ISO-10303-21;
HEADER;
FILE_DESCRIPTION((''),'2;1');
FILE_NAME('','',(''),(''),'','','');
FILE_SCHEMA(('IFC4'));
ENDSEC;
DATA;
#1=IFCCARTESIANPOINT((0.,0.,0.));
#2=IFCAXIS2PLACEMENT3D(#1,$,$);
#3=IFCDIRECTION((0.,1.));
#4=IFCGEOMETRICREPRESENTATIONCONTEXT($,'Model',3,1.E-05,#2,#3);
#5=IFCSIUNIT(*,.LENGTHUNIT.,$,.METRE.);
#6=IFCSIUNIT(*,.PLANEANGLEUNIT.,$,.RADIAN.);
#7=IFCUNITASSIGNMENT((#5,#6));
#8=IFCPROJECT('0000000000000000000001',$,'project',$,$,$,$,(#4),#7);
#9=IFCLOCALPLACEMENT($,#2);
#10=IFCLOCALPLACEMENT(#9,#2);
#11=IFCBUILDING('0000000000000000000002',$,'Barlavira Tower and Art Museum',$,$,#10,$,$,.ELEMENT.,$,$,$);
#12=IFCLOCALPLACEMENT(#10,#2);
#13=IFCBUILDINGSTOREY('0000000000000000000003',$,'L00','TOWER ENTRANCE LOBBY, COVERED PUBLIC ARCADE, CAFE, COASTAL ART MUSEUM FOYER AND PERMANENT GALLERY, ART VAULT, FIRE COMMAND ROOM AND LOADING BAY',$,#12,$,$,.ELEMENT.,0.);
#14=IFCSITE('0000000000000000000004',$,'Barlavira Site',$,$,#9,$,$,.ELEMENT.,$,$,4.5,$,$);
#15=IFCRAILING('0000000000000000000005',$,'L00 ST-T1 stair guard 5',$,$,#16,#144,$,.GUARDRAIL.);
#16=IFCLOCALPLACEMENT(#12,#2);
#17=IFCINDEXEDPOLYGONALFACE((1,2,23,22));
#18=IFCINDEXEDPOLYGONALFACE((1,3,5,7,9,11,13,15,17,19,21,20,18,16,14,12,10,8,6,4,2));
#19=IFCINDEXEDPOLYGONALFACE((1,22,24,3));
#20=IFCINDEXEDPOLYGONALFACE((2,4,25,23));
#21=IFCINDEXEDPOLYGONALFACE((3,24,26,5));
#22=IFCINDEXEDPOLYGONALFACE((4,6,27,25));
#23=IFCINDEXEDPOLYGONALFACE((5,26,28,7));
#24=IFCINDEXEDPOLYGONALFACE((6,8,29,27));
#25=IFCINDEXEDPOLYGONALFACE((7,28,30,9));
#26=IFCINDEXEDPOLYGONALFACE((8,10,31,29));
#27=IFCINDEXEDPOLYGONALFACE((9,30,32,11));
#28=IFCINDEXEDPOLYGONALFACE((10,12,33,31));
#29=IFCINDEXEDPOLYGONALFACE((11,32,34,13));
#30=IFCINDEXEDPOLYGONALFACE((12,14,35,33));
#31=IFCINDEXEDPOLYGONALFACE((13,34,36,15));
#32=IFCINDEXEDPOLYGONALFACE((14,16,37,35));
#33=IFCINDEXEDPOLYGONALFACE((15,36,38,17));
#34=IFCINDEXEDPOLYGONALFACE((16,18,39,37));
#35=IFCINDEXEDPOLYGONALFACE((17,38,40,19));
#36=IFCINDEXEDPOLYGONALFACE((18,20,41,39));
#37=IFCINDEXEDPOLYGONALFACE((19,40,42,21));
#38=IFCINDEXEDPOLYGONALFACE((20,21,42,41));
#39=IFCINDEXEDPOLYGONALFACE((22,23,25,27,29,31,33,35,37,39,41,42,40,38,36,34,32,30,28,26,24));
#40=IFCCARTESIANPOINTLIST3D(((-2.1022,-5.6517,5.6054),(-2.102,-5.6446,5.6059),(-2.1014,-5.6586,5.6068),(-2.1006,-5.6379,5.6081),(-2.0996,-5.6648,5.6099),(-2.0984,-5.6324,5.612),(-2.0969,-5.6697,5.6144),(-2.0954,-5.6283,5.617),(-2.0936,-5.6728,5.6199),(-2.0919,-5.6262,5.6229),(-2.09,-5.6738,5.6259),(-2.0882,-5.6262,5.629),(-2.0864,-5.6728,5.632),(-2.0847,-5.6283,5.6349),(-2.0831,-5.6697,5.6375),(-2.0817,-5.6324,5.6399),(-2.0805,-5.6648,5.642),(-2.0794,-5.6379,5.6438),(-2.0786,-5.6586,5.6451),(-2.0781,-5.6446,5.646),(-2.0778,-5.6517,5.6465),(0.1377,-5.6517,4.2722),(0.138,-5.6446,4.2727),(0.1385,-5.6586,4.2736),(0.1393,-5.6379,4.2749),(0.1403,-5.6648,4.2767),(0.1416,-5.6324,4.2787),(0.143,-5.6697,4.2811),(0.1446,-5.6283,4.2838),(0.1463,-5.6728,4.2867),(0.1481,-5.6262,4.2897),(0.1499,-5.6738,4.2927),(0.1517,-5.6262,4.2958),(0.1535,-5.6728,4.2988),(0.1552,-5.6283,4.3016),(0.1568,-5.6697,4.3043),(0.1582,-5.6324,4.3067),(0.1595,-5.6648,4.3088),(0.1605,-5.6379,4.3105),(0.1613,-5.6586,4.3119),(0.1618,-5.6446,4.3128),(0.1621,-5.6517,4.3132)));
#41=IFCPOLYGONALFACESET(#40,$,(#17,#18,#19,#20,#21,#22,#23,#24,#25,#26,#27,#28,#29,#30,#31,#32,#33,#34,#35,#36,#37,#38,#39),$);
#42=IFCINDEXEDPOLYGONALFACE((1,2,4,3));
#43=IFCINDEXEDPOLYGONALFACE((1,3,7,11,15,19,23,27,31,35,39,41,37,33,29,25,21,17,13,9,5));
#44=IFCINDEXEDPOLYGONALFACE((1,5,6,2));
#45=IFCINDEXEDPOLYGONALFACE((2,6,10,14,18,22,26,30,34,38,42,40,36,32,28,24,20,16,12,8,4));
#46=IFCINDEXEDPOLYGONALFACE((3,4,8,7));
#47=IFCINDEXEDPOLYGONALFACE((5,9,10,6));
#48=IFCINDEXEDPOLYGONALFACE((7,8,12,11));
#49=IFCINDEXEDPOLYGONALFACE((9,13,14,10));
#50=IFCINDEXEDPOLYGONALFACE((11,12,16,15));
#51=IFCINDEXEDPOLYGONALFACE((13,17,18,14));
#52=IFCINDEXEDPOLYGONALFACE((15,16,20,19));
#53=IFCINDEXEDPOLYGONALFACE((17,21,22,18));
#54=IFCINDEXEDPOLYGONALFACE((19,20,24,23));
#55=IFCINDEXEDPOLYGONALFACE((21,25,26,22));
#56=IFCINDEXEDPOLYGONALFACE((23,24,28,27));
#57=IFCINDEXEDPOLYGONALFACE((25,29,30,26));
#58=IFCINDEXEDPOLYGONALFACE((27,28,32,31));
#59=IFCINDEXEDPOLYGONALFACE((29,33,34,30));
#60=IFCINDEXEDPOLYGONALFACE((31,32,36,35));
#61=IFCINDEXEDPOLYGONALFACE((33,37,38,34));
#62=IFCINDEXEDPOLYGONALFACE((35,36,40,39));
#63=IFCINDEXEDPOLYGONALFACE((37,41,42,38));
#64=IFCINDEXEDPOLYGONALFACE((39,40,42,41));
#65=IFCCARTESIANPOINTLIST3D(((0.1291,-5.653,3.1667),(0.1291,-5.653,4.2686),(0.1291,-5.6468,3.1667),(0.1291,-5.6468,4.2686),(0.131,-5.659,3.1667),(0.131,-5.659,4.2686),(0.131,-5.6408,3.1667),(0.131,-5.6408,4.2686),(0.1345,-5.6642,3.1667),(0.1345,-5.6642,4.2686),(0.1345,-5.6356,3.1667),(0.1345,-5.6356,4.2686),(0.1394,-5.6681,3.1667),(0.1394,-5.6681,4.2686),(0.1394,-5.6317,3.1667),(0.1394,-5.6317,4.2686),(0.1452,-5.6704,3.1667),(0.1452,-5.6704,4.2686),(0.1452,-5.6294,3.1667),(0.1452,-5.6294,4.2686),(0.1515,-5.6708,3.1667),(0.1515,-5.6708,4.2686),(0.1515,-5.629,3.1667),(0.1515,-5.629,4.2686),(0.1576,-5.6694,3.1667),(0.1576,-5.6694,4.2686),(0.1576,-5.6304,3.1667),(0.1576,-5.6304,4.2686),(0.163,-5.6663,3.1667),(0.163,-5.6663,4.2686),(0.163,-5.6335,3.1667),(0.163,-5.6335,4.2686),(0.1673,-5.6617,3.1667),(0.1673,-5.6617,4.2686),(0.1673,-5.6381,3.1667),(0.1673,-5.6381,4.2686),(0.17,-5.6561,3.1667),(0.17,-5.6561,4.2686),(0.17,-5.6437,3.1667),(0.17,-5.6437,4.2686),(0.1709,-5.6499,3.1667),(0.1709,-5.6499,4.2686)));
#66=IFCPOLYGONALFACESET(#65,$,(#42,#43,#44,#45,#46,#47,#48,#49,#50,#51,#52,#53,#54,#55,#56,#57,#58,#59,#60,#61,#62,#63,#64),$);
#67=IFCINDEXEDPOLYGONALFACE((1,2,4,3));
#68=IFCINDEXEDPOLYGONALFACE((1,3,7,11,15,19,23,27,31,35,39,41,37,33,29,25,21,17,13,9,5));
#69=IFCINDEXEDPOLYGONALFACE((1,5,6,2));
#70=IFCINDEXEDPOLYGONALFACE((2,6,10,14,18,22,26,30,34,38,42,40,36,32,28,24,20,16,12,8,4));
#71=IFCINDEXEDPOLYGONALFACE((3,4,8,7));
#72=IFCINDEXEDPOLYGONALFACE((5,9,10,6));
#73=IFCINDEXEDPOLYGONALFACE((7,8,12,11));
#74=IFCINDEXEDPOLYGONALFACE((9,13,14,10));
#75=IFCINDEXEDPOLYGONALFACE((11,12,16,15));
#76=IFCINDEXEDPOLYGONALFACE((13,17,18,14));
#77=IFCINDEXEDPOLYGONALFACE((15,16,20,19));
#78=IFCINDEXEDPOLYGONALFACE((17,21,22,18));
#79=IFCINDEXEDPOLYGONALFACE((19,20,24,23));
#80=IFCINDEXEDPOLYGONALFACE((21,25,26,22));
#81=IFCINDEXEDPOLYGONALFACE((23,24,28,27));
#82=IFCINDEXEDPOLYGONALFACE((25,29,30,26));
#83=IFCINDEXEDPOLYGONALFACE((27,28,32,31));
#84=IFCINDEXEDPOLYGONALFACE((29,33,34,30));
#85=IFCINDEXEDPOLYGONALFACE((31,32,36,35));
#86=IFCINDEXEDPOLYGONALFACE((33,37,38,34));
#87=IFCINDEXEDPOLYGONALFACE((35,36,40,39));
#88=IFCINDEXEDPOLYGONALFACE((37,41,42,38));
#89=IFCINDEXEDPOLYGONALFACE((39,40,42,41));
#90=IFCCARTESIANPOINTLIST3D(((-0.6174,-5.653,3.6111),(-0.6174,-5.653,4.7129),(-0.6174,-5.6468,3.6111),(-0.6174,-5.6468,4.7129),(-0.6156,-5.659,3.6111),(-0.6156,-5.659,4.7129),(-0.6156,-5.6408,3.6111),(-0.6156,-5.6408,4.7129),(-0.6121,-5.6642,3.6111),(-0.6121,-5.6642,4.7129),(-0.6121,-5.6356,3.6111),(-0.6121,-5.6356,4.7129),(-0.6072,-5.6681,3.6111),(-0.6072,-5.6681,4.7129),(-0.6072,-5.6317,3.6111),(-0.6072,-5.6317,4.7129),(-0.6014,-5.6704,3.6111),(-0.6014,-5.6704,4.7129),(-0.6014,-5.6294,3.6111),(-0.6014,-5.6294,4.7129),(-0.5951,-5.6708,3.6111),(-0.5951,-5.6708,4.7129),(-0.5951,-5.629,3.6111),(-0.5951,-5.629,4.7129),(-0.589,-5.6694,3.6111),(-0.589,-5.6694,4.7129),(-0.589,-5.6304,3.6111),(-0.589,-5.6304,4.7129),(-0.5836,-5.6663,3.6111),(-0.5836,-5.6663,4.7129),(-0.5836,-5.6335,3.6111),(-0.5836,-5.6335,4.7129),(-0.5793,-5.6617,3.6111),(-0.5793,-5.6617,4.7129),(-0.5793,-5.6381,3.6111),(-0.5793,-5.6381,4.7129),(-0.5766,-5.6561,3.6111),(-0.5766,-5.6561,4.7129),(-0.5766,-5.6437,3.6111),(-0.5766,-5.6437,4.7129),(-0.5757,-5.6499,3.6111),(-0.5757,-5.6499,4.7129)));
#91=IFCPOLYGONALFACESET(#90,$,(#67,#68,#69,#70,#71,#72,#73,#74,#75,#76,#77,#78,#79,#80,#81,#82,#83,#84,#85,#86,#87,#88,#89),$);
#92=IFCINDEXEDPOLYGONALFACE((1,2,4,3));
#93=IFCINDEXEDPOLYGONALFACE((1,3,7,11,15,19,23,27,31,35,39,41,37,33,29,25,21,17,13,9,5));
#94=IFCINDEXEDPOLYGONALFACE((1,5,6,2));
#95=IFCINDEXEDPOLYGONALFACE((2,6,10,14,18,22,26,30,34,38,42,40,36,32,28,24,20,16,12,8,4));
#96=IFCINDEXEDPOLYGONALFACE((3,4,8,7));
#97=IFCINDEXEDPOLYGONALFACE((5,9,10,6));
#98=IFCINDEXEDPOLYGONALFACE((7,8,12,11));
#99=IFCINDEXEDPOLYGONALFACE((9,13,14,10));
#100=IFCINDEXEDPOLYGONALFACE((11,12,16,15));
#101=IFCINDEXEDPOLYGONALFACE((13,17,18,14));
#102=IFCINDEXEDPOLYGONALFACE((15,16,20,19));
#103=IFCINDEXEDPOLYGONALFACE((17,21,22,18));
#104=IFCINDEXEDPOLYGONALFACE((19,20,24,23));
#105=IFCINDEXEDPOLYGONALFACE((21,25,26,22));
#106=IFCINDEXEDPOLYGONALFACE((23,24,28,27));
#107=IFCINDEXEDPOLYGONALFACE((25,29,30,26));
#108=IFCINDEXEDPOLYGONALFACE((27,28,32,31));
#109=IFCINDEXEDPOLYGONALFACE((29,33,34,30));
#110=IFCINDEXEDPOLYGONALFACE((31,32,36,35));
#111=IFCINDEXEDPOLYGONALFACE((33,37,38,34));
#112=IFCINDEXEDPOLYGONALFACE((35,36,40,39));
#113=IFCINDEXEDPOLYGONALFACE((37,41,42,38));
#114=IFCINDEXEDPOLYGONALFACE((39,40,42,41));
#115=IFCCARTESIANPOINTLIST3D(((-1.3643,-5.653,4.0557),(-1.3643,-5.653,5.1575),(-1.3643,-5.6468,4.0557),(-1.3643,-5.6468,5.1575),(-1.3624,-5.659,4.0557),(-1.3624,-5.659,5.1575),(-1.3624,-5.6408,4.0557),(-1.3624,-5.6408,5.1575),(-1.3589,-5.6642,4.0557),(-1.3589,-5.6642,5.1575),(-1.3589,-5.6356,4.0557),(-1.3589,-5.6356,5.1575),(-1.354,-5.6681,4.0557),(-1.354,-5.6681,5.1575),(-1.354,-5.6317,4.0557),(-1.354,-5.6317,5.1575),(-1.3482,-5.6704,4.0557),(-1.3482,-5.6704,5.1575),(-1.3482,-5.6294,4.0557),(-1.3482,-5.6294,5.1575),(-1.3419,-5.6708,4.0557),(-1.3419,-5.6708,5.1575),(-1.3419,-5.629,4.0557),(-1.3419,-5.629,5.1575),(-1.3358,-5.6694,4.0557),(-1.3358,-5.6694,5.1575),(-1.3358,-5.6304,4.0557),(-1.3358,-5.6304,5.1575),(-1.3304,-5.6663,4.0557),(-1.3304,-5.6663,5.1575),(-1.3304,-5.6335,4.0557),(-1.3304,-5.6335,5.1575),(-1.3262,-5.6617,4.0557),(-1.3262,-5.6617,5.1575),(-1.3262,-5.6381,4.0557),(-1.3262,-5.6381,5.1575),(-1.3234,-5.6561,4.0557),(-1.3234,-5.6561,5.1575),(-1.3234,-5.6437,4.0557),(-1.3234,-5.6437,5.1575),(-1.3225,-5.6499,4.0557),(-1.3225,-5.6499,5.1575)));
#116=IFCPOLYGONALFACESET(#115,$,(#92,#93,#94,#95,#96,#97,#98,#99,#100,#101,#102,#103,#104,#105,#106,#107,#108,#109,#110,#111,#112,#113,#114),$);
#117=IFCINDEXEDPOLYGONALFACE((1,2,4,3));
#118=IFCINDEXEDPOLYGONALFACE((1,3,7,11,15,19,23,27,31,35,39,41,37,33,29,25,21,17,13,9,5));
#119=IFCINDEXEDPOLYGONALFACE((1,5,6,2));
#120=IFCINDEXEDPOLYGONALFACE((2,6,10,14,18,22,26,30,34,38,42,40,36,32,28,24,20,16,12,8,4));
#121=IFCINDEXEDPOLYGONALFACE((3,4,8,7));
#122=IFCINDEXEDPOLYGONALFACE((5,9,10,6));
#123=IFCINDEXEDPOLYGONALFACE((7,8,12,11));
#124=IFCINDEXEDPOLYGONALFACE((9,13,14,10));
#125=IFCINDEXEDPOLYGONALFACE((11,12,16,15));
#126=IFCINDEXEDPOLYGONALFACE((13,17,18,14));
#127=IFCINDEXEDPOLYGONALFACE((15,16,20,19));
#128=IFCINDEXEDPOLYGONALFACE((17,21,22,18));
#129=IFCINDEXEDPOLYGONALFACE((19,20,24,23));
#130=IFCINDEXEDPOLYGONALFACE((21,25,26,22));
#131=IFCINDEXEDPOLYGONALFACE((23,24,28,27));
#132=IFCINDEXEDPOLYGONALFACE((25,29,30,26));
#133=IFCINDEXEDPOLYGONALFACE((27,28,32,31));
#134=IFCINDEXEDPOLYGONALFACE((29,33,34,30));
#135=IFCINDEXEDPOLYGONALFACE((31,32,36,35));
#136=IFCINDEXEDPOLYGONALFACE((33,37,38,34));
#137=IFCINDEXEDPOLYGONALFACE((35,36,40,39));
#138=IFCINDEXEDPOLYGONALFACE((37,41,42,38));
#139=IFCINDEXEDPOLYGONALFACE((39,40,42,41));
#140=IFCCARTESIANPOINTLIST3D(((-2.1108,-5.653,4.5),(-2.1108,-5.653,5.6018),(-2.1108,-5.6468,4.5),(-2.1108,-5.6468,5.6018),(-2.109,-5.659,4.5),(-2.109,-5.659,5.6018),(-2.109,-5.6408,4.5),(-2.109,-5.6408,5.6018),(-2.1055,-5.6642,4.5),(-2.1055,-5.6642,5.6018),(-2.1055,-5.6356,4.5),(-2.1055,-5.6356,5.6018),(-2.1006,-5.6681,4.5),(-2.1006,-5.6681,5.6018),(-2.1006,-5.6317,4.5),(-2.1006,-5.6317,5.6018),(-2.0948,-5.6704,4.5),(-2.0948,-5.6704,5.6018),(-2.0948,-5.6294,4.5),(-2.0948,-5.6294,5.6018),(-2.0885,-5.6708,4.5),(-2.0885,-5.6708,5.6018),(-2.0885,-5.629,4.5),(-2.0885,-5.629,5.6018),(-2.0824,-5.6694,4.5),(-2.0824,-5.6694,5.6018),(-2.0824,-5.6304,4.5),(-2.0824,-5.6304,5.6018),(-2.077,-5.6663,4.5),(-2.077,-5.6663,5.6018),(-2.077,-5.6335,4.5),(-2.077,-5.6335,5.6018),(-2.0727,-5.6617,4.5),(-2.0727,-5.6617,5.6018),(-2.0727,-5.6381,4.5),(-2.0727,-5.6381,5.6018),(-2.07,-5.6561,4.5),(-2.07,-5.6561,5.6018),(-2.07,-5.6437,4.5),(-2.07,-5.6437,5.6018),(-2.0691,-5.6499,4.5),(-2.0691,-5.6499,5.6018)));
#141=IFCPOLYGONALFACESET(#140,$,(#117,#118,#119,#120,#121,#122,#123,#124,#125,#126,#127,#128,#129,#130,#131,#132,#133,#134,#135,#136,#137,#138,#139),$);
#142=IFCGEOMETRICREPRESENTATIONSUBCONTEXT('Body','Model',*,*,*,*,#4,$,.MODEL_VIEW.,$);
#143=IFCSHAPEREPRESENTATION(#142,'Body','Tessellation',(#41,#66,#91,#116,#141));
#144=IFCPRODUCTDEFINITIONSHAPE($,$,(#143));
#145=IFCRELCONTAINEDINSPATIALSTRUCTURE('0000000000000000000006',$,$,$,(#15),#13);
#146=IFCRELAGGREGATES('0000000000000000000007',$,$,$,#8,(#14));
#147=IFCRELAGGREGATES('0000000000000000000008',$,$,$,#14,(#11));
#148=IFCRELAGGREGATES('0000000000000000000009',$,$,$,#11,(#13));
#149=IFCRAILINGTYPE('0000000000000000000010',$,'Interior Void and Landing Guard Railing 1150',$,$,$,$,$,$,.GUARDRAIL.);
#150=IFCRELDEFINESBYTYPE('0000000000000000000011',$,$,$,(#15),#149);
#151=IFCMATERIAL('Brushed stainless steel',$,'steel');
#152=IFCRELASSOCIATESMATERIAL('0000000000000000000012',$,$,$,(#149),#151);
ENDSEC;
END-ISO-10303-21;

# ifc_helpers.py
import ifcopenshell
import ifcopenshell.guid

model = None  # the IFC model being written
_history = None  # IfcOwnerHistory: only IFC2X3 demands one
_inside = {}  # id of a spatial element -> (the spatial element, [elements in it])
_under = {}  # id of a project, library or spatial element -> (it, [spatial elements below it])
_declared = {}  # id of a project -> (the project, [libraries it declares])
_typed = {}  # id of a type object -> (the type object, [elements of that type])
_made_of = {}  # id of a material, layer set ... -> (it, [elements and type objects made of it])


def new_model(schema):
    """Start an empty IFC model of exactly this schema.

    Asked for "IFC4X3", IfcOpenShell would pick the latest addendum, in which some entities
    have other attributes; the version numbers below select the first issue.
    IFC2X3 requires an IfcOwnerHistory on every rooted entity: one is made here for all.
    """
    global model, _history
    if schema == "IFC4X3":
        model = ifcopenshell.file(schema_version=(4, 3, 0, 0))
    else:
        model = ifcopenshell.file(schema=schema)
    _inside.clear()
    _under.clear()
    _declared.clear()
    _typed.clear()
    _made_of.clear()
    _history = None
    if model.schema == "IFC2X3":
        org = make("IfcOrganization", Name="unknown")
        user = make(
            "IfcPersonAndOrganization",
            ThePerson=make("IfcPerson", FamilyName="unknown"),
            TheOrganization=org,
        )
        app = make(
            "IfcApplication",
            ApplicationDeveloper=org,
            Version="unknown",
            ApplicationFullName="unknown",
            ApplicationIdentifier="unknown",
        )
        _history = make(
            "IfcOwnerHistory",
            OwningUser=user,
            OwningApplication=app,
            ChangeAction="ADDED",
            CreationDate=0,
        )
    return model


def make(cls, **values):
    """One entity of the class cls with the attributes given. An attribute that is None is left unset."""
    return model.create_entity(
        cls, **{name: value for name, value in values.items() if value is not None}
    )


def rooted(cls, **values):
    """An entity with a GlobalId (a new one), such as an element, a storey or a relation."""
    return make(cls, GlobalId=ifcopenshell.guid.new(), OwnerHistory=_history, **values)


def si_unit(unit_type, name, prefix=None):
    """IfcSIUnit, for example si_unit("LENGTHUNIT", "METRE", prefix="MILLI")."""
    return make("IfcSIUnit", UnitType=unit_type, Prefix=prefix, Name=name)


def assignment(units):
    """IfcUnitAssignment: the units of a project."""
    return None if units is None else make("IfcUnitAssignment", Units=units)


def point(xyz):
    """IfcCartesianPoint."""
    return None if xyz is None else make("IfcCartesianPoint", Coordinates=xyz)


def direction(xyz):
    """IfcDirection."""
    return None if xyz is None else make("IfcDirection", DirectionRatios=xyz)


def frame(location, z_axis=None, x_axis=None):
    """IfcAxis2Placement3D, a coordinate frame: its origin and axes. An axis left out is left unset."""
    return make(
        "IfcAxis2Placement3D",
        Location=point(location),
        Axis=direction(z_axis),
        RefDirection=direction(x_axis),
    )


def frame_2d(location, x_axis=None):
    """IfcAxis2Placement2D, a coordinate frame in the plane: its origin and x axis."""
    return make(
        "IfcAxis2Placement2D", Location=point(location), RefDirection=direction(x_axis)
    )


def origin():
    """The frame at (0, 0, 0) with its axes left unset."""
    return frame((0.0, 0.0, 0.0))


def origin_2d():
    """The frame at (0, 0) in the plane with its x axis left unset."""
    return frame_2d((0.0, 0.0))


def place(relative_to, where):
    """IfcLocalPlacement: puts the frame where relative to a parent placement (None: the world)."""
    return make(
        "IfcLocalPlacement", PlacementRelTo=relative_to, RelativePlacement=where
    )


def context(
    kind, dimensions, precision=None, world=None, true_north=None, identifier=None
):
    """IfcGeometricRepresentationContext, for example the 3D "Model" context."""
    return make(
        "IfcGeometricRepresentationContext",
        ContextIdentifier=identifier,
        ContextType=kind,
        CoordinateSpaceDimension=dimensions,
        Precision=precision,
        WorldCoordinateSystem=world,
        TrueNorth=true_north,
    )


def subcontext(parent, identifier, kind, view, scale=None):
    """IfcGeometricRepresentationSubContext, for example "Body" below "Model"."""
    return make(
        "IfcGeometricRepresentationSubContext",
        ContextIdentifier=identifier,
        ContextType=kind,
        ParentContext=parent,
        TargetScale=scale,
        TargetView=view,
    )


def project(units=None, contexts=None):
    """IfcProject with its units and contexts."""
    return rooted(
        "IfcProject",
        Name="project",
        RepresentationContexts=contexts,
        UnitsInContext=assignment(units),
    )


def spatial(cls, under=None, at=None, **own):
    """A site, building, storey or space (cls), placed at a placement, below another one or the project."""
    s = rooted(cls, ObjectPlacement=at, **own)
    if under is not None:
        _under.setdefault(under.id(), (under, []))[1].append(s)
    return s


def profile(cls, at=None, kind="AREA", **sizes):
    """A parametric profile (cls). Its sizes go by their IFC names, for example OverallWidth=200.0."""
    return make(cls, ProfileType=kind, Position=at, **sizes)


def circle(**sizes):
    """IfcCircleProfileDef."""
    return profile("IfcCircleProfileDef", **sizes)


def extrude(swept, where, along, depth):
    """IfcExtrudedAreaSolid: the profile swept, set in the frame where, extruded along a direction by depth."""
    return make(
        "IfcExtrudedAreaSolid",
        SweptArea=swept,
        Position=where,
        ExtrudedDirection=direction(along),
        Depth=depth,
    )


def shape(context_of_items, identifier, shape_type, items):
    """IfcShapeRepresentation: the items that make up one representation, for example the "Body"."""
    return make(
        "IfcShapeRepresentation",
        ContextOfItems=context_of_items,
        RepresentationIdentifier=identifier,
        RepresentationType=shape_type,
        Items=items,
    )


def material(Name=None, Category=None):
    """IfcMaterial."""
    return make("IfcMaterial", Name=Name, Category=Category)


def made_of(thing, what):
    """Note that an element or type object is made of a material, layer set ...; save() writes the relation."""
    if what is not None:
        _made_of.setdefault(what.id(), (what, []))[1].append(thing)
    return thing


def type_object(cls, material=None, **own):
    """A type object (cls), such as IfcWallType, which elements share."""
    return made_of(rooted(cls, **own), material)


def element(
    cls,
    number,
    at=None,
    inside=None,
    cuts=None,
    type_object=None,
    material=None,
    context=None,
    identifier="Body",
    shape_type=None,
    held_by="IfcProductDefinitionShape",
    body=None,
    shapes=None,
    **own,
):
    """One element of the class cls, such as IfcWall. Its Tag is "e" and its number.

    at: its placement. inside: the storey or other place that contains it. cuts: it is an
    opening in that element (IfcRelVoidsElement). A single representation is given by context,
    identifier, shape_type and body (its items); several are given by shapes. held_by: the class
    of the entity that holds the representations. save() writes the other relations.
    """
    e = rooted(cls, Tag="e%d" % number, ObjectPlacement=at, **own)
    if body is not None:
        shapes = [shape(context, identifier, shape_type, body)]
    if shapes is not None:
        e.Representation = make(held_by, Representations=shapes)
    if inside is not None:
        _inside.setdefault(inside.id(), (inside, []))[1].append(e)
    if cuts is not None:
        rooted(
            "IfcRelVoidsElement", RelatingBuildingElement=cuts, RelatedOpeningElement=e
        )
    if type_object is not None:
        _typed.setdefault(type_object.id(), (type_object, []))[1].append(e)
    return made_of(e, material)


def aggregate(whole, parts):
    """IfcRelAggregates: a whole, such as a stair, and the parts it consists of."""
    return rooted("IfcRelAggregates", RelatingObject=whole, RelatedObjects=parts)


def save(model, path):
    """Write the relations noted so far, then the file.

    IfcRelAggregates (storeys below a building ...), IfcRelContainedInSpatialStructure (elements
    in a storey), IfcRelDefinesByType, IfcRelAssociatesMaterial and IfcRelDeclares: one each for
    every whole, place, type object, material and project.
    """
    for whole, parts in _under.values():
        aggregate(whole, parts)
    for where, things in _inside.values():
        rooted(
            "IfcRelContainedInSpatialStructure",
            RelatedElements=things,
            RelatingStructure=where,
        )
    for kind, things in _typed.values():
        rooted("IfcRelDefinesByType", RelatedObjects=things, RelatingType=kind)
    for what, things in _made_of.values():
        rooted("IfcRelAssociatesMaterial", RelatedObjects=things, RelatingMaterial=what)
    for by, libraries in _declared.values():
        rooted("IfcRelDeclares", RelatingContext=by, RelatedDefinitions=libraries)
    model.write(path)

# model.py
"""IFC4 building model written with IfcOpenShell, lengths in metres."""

from ifc_helpers import new_model, si_unit, direction, frame, origin, origin_2d, place, context, subcontext, project, spatial, circle, extrude, material, type_object, element, save


model = new_model("IFC4")

# Units and contexts
model_context = context("Model", 3, precision=1e-05, world=origin(), true_north=direction((0.0, 1.0)))
body_context = subcontext(model_context, "Body", "Model", "MODEL_VIEW")
ifc_project = project(units=[si_unit("LENGTHUNIT", "METRE"), si_unit("PLANEANGLEUNIT", "RADIAN")], contexts=[model_context])

# Site, building, storey
site_placement = place(None, origin())
site = spatial("IfcSite", under=ifc_project, at=site_placement, Name="Barlavira Site", CompositionType="ELEMENT", RefElevation=4.5)
building_placement = place(site_placement, origin())
building = spatial("IfcBuilding", under=site, at=building_placement, Name="Barlavira Tower and Art Museum", CompositionType="ELEMENT")
storey_placement = place(building_placement, origin())
storey = spatial("IfcBuildingStorey", under=building, at=storey_placement, Name="L00", Description="TOWER ENTRANCE LOBBY, COVERED PUBLIC ARCADE, CAFE, COASTAL ART MUSEUM FOYER AND PERMANENT GALLERY, ART VAULT, FIRE COMMAND ROOM AND LOADING BAY", CompositionType="ELEMENT", Elevation=0.0)

# Shared definitions
ifc_material_1 = material(Name="Brushed stainless steel", Category="steel")

# Railing
railing_type_1 = type_object("IfcRailingType", Name="Interior Void and Landing Guard Railing 1150", PredefinedType="GUARDRAIL", material=ifc_material_1)
railing_1_placement = place(storey_placement, frame((0.1499, -5.6499, 3.1667)))
element("IfcRailing", 1, at=railing_1_placement, inside=storey, type_object=railing_type_1, Name="L00 ST-T1 stair guard 5", PredefinedType="GUARDRAIL", context=body_context, shape_type="SweptSolid", body=[
    extrude(circle(Radius=0.0239, at=origin_2d()), frame((0.0, 0.0, 1.126), z_axis=(-0.859306, 0.0, 0.511462), x_axis=(0.0, -1.0, 0.0)), (0.0, 0.0, 1.0), 2.6067),
    extrude(circle(Radius=0.021, at=origin_2d()), origin(), (0.0, 0.0, 1.0), 1.1018),
    extrude(circle(Radius=0.021, at=origin_2d()), frame((-0.7466, 0.0, 0.4443)), (0.0, 0.0, 1.0), 1.1018),
    extrude(circle(Radius=0.021, at=origin_2d()), frame((-1.4934, 0.0, 0.8889)), (0.0, 0.0, 1.0), 1.1018),
    extrude(circle(Radius=0.021, at=origin_2d()), frame((-2.24, 0.0, 1.3333)), (0.0, 0.0, 1.0), 1.1018),
])

save(model, "model.ifc")
